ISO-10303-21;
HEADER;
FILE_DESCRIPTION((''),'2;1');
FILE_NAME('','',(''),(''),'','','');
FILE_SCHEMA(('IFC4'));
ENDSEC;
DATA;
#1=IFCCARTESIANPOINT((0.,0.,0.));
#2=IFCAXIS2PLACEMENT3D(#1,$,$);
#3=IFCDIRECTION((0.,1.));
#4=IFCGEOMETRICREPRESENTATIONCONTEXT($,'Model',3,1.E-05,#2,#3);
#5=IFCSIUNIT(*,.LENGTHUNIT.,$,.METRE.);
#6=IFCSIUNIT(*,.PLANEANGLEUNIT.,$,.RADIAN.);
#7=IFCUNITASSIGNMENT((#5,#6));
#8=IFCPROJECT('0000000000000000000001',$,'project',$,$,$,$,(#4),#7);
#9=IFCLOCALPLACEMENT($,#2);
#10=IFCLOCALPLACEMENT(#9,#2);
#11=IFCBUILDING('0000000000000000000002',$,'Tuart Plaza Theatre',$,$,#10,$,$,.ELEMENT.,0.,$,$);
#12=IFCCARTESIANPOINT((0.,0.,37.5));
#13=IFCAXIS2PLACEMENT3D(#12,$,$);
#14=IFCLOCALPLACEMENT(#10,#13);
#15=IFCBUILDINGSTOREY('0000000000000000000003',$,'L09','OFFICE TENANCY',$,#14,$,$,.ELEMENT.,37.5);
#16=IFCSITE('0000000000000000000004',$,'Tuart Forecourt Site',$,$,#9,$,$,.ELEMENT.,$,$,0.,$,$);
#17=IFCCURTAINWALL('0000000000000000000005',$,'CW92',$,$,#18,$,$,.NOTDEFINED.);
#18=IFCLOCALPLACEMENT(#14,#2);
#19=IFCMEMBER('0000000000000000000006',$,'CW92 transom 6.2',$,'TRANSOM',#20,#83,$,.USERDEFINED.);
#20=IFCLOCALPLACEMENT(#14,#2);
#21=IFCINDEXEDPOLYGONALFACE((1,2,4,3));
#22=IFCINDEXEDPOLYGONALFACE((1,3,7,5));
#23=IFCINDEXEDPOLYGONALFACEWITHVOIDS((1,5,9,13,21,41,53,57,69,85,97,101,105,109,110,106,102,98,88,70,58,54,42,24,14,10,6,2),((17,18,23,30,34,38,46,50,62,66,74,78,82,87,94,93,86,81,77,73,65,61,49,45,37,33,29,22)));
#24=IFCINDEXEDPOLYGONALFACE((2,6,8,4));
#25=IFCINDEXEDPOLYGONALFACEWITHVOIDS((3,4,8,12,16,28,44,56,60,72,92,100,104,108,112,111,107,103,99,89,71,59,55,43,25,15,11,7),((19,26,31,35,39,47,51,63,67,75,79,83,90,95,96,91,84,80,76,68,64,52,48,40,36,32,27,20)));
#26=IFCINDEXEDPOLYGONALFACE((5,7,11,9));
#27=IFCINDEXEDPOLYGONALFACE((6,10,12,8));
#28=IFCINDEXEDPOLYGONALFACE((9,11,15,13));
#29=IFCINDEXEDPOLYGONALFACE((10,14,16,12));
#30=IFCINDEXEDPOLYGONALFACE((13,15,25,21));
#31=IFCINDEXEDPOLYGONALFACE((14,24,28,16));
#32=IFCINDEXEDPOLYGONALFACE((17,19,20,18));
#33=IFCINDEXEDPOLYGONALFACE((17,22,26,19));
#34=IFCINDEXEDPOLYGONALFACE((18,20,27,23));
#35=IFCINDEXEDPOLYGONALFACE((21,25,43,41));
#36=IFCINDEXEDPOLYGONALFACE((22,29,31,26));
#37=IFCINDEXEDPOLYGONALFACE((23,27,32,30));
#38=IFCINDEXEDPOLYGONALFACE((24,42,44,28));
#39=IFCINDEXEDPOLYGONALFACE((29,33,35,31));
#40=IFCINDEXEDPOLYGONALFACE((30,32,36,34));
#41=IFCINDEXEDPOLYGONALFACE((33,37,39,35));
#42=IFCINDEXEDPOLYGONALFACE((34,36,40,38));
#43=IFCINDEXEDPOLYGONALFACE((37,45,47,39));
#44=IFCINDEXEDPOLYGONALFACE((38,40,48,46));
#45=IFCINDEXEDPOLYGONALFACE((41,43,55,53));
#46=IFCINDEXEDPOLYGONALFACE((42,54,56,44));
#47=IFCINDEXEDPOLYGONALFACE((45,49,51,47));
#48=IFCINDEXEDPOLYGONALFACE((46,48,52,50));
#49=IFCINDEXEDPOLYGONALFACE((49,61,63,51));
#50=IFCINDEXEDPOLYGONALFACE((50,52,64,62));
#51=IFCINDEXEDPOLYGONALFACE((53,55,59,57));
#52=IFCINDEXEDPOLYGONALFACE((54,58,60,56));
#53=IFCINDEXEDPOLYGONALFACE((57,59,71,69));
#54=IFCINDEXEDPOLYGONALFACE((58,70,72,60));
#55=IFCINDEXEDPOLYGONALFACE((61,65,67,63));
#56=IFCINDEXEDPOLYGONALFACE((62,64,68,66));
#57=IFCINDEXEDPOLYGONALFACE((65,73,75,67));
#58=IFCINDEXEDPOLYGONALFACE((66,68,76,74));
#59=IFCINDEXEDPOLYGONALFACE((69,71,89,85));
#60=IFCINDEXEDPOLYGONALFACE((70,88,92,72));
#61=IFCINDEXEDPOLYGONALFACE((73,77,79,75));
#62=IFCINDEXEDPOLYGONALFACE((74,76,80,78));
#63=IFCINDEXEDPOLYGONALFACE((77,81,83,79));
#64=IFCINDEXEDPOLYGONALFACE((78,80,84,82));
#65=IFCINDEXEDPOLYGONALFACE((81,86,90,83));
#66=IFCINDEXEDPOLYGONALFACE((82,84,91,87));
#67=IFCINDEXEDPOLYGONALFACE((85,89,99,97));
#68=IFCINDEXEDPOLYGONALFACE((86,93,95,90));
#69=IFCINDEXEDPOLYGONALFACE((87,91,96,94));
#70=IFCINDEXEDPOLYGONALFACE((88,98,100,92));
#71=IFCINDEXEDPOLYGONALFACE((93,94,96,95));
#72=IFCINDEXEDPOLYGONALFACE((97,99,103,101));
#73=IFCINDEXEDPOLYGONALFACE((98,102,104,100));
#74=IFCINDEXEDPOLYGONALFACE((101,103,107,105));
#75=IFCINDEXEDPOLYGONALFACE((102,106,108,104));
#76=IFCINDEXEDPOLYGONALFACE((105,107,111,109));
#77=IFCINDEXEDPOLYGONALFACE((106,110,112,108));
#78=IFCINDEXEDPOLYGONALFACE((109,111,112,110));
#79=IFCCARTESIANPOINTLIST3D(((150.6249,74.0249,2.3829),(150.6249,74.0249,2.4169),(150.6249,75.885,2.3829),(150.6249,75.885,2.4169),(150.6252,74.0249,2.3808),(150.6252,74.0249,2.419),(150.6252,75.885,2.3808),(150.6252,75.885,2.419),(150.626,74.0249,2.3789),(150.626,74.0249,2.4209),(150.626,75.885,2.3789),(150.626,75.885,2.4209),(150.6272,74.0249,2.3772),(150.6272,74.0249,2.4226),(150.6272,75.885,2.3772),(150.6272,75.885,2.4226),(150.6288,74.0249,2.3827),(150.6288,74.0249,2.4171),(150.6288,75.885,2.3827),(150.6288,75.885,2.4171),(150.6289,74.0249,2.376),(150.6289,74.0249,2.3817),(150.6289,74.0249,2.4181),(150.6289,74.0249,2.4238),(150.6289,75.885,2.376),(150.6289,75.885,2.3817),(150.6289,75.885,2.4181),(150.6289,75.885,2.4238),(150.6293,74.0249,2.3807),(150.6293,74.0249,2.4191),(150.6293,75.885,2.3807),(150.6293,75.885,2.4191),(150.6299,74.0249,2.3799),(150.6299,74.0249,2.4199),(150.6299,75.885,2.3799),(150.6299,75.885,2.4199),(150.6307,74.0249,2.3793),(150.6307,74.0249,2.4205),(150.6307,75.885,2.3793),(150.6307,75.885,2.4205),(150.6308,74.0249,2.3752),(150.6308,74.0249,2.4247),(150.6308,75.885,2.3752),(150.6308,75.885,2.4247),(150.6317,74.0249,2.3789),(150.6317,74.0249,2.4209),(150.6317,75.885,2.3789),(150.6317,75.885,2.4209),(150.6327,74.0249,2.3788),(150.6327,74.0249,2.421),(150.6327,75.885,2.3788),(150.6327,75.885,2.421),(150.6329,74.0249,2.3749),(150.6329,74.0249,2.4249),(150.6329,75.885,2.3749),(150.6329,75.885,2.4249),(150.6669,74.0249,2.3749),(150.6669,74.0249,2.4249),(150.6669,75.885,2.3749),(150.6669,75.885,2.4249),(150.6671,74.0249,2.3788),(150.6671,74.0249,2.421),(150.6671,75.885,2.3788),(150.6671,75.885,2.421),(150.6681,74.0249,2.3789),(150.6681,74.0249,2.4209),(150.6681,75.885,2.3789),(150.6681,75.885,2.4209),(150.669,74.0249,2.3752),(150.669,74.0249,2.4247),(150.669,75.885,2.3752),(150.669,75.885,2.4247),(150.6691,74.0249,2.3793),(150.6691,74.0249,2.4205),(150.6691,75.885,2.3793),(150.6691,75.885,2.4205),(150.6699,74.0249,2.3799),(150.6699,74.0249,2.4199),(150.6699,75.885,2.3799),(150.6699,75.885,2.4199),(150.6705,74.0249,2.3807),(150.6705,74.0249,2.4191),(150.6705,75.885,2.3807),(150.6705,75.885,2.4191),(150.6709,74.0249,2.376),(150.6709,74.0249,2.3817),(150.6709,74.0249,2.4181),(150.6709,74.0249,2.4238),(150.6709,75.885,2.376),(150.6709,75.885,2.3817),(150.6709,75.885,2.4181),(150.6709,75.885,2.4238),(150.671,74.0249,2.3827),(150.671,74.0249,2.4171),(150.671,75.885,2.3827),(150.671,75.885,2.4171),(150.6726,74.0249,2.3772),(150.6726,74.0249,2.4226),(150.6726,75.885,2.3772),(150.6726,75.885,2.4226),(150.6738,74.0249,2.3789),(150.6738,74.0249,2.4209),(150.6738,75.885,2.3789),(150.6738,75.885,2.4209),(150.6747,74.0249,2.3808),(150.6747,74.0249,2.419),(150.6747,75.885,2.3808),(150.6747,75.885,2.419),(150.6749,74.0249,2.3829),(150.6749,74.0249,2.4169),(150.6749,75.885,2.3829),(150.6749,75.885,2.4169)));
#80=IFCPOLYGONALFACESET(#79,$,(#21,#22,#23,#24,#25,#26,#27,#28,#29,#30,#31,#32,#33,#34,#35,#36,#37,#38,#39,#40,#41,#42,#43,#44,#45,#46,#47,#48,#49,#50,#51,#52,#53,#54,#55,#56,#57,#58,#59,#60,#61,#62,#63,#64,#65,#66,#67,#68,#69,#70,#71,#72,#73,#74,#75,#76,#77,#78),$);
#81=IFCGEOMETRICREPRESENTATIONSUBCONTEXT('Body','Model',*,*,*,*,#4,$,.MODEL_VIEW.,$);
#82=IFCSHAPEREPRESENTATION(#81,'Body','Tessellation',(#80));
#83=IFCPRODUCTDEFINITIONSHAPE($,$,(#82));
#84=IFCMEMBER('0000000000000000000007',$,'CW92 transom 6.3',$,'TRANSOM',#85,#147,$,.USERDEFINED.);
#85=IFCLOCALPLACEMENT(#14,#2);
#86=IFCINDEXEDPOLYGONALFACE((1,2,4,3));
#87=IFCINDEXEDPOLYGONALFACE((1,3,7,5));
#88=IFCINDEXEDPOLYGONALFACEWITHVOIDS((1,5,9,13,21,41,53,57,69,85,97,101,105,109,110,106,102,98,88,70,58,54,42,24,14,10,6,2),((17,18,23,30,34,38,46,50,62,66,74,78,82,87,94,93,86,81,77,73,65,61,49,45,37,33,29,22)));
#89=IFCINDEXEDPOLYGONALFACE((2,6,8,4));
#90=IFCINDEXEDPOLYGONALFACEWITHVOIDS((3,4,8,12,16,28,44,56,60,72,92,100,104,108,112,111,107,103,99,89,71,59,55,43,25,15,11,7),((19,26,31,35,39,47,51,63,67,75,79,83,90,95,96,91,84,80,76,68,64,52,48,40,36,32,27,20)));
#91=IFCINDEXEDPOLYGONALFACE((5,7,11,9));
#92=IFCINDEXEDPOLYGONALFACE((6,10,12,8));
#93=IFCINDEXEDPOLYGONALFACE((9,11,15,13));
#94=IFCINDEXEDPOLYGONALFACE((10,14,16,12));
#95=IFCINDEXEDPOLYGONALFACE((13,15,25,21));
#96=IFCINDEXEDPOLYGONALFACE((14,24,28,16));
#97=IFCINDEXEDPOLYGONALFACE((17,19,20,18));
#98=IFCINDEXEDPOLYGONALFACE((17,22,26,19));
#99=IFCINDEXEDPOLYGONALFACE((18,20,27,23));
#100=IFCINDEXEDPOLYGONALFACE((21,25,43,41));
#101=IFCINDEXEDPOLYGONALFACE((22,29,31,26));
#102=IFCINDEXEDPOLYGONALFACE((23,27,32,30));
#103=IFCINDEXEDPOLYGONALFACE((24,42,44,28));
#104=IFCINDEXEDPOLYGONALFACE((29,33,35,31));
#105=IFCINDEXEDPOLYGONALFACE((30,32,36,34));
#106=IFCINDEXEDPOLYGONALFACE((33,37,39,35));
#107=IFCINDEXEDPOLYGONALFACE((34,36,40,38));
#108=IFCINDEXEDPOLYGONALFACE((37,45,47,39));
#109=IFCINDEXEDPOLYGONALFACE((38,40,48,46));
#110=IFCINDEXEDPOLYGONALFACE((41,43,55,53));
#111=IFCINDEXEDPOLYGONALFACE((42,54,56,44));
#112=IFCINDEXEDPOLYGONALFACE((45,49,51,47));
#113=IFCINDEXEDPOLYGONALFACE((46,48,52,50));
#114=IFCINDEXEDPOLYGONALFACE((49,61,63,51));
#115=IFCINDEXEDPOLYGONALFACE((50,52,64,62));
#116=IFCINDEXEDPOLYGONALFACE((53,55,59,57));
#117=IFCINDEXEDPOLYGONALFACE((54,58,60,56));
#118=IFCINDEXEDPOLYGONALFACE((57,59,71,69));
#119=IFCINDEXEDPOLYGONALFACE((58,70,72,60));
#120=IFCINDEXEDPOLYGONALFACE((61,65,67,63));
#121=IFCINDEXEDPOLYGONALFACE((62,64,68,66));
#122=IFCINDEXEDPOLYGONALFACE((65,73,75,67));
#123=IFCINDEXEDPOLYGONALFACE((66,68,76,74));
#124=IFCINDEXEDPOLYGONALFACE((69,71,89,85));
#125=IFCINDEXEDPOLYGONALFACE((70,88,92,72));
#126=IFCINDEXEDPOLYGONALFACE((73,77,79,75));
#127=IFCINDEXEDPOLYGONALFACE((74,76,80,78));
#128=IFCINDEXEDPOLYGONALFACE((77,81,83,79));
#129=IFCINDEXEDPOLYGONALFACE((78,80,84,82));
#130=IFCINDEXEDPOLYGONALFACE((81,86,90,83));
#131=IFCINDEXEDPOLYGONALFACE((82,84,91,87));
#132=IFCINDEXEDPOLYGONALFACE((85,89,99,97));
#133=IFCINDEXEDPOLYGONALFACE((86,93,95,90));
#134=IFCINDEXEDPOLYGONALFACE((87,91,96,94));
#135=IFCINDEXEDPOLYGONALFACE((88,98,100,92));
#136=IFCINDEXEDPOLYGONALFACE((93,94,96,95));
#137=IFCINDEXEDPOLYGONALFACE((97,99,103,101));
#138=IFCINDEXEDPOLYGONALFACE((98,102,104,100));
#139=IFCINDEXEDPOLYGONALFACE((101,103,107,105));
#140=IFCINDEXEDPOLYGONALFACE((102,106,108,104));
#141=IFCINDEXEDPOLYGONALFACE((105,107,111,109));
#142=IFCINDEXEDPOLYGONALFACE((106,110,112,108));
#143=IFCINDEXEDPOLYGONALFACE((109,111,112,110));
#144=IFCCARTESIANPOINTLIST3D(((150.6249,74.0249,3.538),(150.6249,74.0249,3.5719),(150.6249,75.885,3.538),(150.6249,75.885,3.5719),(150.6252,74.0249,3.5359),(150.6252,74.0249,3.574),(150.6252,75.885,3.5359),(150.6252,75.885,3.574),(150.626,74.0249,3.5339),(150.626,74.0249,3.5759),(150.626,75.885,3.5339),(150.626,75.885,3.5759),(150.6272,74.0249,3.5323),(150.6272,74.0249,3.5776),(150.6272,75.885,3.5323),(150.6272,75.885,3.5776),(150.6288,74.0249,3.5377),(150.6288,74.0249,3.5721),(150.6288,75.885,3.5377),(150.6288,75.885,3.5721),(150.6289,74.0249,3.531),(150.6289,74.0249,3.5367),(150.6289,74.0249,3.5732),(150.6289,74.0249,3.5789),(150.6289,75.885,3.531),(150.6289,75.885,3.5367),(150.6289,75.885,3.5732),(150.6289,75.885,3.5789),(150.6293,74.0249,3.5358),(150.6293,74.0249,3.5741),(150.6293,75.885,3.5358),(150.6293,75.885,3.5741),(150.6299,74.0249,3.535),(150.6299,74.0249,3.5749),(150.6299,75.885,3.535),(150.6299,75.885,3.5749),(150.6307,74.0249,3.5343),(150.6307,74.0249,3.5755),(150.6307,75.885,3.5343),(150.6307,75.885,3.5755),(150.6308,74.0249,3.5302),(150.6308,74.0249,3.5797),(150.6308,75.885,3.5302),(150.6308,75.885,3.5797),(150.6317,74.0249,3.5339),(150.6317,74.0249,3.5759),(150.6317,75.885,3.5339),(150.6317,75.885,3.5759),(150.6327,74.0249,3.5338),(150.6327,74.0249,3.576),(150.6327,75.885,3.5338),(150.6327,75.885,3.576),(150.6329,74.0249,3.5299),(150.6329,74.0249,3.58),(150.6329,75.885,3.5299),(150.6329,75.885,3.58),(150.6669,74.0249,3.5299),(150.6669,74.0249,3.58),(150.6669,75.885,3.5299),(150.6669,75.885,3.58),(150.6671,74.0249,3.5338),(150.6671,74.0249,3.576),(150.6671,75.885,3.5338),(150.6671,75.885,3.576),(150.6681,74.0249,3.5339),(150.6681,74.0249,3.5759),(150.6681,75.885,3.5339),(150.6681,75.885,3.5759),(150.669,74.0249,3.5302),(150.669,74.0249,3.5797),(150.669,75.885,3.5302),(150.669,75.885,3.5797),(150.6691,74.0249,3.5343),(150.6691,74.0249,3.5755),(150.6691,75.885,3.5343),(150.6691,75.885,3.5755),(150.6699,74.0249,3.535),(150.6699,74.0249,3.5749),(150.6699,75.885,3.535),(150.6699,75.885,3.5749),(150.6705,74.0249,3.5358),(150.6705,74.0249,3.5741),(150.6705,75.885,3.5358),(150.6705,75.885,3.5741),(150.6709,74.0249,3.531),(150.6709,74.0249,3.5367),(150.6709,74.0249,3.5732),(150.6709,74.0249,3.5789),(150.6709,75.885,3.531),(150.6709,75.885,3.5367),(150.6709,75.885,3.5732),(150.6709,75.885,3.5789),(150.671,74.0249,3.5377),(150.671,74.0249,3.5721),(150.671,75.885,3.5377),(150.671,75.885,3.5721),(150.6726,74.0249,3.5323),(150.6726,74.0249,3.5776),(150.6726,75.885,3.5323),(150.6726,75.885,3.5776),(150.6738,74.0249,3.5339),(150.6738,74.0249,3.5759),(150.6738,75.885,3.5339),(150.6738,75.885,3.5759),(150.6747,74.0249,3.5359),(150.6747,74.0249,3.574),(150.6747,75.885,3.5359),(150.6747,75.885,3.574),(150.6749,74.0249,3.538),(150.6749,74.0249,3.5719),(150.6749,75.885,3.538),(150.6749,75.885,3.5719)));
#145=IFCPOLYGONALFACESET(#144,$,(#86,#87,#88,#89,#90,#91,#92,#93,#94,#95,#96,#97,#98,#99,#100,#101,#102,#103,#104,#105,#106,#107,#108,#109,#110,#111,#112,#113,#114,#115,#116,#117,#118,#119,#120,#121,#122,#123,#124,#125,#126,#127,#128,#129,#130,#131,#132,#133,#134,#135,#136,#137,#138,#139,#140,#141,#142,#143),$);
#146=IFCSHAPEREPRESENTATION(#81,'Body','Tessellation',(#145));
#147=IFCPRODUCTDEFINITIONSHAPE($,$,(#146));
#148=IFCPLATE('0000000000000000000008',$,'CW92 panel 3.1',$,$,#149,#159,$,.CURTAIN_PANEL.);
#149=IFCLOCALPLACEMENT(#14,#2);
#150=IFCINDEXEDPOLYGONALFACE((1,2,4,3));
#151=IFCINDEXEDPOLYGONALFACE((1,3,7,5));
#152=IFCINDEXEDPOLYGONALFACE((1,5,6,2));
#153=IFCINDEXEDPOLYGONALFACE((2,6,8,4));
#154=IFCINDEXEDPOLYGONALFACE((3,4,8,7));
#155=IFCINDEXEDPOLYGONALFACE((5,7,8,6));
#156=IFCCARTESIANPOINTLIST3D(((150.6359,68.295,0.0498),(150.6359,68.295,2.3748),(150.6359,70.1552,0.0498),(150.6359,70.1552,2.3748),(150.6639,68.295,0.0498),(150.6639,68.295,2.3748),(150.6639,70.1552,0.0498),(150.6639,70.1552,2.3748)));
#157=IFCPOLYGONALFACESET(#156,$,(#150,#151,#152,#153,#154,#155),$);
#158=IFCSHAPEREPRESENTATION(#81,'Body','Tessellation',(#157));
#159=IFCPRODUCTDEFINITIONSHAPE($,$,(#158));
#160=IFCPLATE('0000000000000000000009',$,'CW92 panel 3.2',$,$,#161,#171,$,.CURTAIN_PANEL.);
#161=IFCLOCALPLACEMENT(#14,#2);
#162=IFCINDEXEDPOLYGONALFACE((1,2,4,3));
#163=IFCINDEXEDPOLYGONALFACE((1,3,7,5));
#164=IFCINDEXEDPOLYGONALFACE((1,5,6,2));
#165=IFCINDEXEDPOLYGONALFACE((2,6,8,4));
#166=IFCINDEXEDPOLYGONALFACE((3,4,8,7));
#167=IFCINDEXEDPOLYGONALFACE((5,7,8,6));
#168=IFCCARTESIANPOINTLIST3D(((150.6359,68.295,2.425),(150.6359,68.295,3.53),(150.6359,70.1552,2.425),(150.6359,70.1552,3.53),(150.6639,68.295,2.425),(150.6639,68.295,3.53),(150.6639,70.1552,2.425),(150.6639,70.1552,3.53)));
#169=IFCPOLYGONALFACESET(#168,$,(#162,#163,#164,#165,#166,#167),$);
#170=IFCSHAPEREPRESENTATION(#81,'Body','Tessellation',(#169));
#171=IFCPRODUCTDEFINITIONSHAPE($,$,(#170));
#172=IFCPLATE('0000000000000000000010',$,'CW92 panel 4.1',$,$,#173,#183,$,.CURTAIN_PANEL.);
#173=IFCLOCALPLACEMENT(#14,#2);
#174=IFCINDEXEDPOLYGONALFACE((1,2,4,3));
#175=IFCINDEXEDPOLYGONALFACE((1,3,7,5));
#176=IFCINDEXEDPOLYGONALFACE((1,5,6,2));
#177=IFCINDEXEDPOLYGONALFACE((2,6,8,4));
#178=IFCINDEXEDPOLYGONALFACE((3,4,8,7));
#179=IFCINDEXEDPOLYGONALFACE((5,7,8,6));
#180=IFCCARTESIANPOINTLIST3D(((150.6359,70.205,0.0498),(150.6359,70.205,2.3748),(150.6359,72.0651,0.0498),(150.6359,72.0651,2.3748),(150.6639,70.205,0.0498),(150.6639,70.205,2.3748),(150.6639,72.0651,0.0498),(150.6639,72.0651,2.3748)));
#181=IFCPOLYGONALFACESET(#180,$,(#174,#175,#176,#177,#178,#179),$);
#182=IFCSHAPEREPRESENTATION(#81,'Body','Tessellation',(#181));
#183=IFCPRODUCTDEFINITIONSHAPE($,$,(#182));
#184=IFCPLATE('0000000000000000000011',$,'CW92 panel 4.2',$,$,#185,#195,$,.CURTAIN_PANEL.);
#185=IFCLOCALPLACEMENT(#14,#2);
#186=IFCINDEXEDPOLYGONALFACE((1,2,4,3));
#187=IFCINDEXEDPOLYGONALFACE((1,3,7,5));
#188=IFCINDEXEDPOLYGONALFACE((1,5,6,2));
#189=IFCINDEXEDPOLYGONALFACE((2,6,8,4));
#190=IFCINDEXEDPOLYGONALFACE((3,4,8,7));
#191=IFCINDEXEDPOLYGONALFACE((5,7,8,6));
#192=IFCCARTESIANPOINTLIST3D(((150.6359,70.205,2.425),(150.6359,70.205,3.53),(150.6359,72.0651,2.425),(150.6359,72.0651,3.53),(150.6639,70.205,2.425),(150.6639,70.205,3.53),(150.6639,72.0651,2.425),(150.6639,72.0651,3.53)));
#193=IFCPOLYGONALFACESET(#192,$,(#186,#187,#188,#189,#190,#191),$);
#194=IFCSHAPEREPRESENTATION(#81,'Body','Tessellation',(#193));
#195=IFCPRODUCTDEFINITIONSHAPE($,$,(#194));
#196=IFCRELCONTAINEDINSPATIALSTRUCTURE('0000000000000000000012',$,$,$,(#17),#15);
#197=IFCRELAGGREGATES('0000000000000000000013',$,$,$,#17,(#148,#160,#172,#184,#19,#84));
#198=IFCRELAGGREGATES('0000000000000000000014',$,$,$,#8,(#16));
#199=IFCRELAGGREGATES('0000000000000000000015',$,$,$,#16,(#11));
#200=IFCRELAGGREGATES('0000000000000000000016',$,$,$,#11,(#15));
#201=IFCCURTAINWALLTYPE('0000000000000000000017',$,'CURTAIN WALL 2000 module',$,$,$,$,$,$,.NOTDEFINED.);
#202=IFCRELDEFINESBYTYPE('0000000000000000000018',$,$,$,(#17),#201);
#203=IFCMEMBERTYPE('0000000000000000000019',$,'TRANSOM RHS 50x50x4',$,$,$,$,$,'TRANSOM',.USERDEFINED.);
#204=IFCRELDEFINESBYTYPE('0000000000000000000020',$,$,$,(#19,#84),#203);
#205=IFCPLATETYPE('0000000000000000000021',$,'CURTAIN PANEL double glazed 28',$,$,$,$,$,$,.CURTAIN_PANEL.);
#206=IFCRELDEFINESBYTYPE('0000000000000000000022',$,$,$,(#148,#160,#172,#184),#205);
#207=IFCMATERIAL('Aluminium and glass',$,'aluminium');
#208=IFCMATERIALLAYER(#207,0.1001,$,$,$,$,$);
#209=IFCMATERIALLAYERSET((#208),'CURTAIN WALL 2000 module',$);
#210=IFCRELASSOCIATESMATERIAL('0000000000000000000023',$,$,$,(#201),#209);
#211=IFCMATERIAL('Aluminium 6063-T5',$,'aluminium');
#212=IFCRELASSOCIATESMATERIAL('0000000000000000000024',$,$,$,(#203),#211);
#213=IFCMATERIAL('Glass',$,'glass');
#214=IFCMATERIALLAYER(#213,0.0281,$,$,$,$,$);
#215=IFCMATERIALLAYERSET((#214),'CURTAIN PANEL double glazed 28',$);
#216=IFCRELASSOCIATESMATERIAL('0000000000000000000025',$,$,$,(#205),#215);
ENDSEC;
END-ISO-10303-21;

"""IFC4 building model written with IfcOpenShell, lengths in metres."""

from ifc_helpers import new_model, si_unit, direction, frame, origin, origin_2d, place, context, subcontext, project, spatial, rectangle, hollow_rectangle, extrude, material, layer, layer_set, material_profile, profile_set, type_object, element, aggregate, save


model = new_model("IFC4")

# Units and contexts
model_context = context("Model", 3, precision=1e-05, world=origin(), true_north=direction((0.0, 1.0)))
body_context = subcontext(model_context, "Body", "Model", "MODEL_VIEW")
ifc_project = project(units=[si_unit("LENGTHUNIT", "METRE"), si_unit("PLANEANGLEUNIT", "RADIAN")], contexts=[model_context])

# Site, building, storey
site_placement = place(None, origin())
site = spatial("IfcSite", under=ifc_project, at=site_placement, Name="Tuart Forecourt Site", CompositionType="ELEMENT", RefElevation=0.0)
building_placement = place(site_placement, origin())
building = spatial("IfcBuilding", under=site, at=building_placement, Name="Tuart Plaza Theatre", CompositionType="ELEMENT", ElevationOfRefHeight=0.0)
storey_placement = place(building_placement, frame((0.0, 0.0, 37.5)))
storey = spatial("IfcBuildingStorey", under=building, at=storey_placement, Name="L09", Description="OFFICE TENANCY", CompositionType="ELEMENT", Elevation=37.5)

# Curtain wall, members, plates
ifc_material_1 = material(Name="Aluminium and glass", Category="aluminium")
ifc_layer_1 = layer(ifc_material_1, 0.1001)
ifc_layer_set_1 = layer_set([ifc_layer_1], Name="CURTAIN WALL 2000 module")
curtain_wall_type = type_object("IfcCurtainWallType", Name="CURTAIN WALL 2000 module", PredefinedType="NOTDEFINED", material=ifc_layer_set_1)
curtain_wall_placement = place(storey_placement, origin())
curtain_wall = element("IfcCurtainWall", 1, at=curtain_wall_placement, inside=storey, type_object=curtain_wall_type, Name="CW92", PredefinedType="NOTDEFINED")
ifc_material_2 = material(Name="Aluminium 6063-T5", Category="aluminium")
ifc_material_profile_1 = material_profile(ifc_material_2, hollow_rectangle(XDim=0.05, YDim=0.05, WallThickness=0.0039, InnerFilletRadius=0.0039, OuterFilletRadius=0.0081, at=origin_2d()), Name="RHS 50x50x4")
ifc_profile_set_1 = profile_set([ifc_material_profile_1], Name="Aluminium 6063-T5")
member_type_1 = type_object("IfcMemberType", Name="TRANSOM RHS 50x50x4", ElementType="TRANSOM", PredefinedType="USERDEFINED", material=ifc_profile_set_1)
member_1_placement = place(storey_placement, frame((150.6499, 74.0249, 2.3999), z_axis=(0.0, 1.0, 0.0), x_axis=(-1.0, 0.0, 0.0)))
member_1 = element("IfcMember", 2, at=member_1_placement, type_object=member_type_1, Name="CW92 transom 6.2", ObjectType="TRANSOM", PredefinedType="USERDEFINED", context=body_context, shape_type="SweptSolid", body=[
    extrude(hollow_rectangle(XDim=0.05, YDim=0.05, WallThickness=0.0039, InnerFilletRadius=0.0039, OuterFilletRadius=0.0081, at=origin_2d()), origin(), (0.0, 0.0, 1.0), 1.8601),
])
member_2_placement = place(storey_placement, frame((150.6499, 74.0249, 3.5549), z_axis=(0.0, 1.0, 0.0), x_axis=(-1.0, 0.0, 0.0)))
member_2 = element("IfcMember", 3, at=member_2_placement, type_object=member_type_1, Name="CW92 transom 6.3", ObjectType="TRANSOM", PredefinedType="USERDEFINED", context=body_context, shape_type="SweptSolid", body=[
    extrude(hollow_rectangle(XDim=0.05, YDim=0.05, WallThickness=0.0039, InnerFilletRadius=0.0039, OuterFilletRadius=0.0081, at=origin_2d()), origin(), (0.0, 0.0, 1.0), 1.8601),
])
ifc_material_3 = material(Name="Glass", Category="glass")
ifc_layer_2 = layer(ifc_material_3, 0.0281)
ifc_layer_set_2 = layer_set([ifc_layer_2], Name="CURTAIN PANEL double glazed 28")
plate_type = type_object("IfcPlateType", Name="CURTAIN PANEL double glazed 28", PredefinedType="CURTAIN_PANEL", material=ifc_layer_set_2)
plate_1_placement = place(storey_placement, frame((150.6499, 69.2251, 0.0498), z_axis=(0.0, 0.0, 1.0), x_axis=(0.0, 1.0, 0.0)))
plate_1 = element("IfcPlate", 4, at=plate_1_placement, type_object=plate_type, Name="CW92 panel 3.1", PredefinedType="CURTAIN_PANEL", context=body_context, shape_type="SweptSolid", body=[
    extrude(rectangle(XDim=1.8601, YDim=0.0281, at=origin_2d()), origin(), (0.0, 0.0, 1.0), 2.325),
])
plate_2_placement = place(storey_placement, frame((150.6499, 69.2251, 2.425), z_axis=(0.0, 0.0, 1.0), x_axis=(0.0, 1.0, 0.0)))
plate_2 = element("IfcPlate", 5, at=plate_2_placement, type_object=plate_type, Name="CW92 panel 3.2", PredefinedType="CURTAIN_PANEL", context=body_context, shape_type="SweptSolid", body=[
    extrude(rectangle(XDim=1.8601, YDim=0.0281, at=origin_2d()), origin(), (0.0, 0.0, 1.0), 1.105),
])
plate_3_placement = place(storey_placement, frame((150.6499, 71.135, 0.0498), z_axis=(0.0, 0.0, 1.0), x_axis=(0.0, 1.0, 0.0)))
plate_3 = element("IfcPlate", 6, at=plate_3_placement, type_object=plate_type, Name="CW92 panel 4.1", PredefinedType="CURTAIN_PANEL", context=body_context, shape_type="SweptSolid", body=[
    extrude(rectangle(XDim=1.8601, YDim=0.0281, at=origin_2d()), origin(), (0.0, 0.0, 1.0), 2.325),
])
plate_4_placement = place(storey_placement, frame((150.6499, 71.135, 2.425), z_axis=(0.0, 0.0, 1.0), x_axis=(0.0, 1.0, 0.0)))
plate_4 = element("IfcPlate", 7, at=plate_4_placement, type_object=plate_type, Name="CW92 panel 4.2", PredefinedType="CURTAIN_PANEL", context=body_context, shape_type="SweptSolid", body=[
    extrude(rectangle(XDim=1.8601, YDim=0.0281, at=origin_2d()), origin(), (0.0, 0.0, 1.0), 1.105),
])
aggregate(curtain_wall, [plate_1, plate_2, plate_3, plate_4, member_1, member_2])

save(model, "model.ifc")
